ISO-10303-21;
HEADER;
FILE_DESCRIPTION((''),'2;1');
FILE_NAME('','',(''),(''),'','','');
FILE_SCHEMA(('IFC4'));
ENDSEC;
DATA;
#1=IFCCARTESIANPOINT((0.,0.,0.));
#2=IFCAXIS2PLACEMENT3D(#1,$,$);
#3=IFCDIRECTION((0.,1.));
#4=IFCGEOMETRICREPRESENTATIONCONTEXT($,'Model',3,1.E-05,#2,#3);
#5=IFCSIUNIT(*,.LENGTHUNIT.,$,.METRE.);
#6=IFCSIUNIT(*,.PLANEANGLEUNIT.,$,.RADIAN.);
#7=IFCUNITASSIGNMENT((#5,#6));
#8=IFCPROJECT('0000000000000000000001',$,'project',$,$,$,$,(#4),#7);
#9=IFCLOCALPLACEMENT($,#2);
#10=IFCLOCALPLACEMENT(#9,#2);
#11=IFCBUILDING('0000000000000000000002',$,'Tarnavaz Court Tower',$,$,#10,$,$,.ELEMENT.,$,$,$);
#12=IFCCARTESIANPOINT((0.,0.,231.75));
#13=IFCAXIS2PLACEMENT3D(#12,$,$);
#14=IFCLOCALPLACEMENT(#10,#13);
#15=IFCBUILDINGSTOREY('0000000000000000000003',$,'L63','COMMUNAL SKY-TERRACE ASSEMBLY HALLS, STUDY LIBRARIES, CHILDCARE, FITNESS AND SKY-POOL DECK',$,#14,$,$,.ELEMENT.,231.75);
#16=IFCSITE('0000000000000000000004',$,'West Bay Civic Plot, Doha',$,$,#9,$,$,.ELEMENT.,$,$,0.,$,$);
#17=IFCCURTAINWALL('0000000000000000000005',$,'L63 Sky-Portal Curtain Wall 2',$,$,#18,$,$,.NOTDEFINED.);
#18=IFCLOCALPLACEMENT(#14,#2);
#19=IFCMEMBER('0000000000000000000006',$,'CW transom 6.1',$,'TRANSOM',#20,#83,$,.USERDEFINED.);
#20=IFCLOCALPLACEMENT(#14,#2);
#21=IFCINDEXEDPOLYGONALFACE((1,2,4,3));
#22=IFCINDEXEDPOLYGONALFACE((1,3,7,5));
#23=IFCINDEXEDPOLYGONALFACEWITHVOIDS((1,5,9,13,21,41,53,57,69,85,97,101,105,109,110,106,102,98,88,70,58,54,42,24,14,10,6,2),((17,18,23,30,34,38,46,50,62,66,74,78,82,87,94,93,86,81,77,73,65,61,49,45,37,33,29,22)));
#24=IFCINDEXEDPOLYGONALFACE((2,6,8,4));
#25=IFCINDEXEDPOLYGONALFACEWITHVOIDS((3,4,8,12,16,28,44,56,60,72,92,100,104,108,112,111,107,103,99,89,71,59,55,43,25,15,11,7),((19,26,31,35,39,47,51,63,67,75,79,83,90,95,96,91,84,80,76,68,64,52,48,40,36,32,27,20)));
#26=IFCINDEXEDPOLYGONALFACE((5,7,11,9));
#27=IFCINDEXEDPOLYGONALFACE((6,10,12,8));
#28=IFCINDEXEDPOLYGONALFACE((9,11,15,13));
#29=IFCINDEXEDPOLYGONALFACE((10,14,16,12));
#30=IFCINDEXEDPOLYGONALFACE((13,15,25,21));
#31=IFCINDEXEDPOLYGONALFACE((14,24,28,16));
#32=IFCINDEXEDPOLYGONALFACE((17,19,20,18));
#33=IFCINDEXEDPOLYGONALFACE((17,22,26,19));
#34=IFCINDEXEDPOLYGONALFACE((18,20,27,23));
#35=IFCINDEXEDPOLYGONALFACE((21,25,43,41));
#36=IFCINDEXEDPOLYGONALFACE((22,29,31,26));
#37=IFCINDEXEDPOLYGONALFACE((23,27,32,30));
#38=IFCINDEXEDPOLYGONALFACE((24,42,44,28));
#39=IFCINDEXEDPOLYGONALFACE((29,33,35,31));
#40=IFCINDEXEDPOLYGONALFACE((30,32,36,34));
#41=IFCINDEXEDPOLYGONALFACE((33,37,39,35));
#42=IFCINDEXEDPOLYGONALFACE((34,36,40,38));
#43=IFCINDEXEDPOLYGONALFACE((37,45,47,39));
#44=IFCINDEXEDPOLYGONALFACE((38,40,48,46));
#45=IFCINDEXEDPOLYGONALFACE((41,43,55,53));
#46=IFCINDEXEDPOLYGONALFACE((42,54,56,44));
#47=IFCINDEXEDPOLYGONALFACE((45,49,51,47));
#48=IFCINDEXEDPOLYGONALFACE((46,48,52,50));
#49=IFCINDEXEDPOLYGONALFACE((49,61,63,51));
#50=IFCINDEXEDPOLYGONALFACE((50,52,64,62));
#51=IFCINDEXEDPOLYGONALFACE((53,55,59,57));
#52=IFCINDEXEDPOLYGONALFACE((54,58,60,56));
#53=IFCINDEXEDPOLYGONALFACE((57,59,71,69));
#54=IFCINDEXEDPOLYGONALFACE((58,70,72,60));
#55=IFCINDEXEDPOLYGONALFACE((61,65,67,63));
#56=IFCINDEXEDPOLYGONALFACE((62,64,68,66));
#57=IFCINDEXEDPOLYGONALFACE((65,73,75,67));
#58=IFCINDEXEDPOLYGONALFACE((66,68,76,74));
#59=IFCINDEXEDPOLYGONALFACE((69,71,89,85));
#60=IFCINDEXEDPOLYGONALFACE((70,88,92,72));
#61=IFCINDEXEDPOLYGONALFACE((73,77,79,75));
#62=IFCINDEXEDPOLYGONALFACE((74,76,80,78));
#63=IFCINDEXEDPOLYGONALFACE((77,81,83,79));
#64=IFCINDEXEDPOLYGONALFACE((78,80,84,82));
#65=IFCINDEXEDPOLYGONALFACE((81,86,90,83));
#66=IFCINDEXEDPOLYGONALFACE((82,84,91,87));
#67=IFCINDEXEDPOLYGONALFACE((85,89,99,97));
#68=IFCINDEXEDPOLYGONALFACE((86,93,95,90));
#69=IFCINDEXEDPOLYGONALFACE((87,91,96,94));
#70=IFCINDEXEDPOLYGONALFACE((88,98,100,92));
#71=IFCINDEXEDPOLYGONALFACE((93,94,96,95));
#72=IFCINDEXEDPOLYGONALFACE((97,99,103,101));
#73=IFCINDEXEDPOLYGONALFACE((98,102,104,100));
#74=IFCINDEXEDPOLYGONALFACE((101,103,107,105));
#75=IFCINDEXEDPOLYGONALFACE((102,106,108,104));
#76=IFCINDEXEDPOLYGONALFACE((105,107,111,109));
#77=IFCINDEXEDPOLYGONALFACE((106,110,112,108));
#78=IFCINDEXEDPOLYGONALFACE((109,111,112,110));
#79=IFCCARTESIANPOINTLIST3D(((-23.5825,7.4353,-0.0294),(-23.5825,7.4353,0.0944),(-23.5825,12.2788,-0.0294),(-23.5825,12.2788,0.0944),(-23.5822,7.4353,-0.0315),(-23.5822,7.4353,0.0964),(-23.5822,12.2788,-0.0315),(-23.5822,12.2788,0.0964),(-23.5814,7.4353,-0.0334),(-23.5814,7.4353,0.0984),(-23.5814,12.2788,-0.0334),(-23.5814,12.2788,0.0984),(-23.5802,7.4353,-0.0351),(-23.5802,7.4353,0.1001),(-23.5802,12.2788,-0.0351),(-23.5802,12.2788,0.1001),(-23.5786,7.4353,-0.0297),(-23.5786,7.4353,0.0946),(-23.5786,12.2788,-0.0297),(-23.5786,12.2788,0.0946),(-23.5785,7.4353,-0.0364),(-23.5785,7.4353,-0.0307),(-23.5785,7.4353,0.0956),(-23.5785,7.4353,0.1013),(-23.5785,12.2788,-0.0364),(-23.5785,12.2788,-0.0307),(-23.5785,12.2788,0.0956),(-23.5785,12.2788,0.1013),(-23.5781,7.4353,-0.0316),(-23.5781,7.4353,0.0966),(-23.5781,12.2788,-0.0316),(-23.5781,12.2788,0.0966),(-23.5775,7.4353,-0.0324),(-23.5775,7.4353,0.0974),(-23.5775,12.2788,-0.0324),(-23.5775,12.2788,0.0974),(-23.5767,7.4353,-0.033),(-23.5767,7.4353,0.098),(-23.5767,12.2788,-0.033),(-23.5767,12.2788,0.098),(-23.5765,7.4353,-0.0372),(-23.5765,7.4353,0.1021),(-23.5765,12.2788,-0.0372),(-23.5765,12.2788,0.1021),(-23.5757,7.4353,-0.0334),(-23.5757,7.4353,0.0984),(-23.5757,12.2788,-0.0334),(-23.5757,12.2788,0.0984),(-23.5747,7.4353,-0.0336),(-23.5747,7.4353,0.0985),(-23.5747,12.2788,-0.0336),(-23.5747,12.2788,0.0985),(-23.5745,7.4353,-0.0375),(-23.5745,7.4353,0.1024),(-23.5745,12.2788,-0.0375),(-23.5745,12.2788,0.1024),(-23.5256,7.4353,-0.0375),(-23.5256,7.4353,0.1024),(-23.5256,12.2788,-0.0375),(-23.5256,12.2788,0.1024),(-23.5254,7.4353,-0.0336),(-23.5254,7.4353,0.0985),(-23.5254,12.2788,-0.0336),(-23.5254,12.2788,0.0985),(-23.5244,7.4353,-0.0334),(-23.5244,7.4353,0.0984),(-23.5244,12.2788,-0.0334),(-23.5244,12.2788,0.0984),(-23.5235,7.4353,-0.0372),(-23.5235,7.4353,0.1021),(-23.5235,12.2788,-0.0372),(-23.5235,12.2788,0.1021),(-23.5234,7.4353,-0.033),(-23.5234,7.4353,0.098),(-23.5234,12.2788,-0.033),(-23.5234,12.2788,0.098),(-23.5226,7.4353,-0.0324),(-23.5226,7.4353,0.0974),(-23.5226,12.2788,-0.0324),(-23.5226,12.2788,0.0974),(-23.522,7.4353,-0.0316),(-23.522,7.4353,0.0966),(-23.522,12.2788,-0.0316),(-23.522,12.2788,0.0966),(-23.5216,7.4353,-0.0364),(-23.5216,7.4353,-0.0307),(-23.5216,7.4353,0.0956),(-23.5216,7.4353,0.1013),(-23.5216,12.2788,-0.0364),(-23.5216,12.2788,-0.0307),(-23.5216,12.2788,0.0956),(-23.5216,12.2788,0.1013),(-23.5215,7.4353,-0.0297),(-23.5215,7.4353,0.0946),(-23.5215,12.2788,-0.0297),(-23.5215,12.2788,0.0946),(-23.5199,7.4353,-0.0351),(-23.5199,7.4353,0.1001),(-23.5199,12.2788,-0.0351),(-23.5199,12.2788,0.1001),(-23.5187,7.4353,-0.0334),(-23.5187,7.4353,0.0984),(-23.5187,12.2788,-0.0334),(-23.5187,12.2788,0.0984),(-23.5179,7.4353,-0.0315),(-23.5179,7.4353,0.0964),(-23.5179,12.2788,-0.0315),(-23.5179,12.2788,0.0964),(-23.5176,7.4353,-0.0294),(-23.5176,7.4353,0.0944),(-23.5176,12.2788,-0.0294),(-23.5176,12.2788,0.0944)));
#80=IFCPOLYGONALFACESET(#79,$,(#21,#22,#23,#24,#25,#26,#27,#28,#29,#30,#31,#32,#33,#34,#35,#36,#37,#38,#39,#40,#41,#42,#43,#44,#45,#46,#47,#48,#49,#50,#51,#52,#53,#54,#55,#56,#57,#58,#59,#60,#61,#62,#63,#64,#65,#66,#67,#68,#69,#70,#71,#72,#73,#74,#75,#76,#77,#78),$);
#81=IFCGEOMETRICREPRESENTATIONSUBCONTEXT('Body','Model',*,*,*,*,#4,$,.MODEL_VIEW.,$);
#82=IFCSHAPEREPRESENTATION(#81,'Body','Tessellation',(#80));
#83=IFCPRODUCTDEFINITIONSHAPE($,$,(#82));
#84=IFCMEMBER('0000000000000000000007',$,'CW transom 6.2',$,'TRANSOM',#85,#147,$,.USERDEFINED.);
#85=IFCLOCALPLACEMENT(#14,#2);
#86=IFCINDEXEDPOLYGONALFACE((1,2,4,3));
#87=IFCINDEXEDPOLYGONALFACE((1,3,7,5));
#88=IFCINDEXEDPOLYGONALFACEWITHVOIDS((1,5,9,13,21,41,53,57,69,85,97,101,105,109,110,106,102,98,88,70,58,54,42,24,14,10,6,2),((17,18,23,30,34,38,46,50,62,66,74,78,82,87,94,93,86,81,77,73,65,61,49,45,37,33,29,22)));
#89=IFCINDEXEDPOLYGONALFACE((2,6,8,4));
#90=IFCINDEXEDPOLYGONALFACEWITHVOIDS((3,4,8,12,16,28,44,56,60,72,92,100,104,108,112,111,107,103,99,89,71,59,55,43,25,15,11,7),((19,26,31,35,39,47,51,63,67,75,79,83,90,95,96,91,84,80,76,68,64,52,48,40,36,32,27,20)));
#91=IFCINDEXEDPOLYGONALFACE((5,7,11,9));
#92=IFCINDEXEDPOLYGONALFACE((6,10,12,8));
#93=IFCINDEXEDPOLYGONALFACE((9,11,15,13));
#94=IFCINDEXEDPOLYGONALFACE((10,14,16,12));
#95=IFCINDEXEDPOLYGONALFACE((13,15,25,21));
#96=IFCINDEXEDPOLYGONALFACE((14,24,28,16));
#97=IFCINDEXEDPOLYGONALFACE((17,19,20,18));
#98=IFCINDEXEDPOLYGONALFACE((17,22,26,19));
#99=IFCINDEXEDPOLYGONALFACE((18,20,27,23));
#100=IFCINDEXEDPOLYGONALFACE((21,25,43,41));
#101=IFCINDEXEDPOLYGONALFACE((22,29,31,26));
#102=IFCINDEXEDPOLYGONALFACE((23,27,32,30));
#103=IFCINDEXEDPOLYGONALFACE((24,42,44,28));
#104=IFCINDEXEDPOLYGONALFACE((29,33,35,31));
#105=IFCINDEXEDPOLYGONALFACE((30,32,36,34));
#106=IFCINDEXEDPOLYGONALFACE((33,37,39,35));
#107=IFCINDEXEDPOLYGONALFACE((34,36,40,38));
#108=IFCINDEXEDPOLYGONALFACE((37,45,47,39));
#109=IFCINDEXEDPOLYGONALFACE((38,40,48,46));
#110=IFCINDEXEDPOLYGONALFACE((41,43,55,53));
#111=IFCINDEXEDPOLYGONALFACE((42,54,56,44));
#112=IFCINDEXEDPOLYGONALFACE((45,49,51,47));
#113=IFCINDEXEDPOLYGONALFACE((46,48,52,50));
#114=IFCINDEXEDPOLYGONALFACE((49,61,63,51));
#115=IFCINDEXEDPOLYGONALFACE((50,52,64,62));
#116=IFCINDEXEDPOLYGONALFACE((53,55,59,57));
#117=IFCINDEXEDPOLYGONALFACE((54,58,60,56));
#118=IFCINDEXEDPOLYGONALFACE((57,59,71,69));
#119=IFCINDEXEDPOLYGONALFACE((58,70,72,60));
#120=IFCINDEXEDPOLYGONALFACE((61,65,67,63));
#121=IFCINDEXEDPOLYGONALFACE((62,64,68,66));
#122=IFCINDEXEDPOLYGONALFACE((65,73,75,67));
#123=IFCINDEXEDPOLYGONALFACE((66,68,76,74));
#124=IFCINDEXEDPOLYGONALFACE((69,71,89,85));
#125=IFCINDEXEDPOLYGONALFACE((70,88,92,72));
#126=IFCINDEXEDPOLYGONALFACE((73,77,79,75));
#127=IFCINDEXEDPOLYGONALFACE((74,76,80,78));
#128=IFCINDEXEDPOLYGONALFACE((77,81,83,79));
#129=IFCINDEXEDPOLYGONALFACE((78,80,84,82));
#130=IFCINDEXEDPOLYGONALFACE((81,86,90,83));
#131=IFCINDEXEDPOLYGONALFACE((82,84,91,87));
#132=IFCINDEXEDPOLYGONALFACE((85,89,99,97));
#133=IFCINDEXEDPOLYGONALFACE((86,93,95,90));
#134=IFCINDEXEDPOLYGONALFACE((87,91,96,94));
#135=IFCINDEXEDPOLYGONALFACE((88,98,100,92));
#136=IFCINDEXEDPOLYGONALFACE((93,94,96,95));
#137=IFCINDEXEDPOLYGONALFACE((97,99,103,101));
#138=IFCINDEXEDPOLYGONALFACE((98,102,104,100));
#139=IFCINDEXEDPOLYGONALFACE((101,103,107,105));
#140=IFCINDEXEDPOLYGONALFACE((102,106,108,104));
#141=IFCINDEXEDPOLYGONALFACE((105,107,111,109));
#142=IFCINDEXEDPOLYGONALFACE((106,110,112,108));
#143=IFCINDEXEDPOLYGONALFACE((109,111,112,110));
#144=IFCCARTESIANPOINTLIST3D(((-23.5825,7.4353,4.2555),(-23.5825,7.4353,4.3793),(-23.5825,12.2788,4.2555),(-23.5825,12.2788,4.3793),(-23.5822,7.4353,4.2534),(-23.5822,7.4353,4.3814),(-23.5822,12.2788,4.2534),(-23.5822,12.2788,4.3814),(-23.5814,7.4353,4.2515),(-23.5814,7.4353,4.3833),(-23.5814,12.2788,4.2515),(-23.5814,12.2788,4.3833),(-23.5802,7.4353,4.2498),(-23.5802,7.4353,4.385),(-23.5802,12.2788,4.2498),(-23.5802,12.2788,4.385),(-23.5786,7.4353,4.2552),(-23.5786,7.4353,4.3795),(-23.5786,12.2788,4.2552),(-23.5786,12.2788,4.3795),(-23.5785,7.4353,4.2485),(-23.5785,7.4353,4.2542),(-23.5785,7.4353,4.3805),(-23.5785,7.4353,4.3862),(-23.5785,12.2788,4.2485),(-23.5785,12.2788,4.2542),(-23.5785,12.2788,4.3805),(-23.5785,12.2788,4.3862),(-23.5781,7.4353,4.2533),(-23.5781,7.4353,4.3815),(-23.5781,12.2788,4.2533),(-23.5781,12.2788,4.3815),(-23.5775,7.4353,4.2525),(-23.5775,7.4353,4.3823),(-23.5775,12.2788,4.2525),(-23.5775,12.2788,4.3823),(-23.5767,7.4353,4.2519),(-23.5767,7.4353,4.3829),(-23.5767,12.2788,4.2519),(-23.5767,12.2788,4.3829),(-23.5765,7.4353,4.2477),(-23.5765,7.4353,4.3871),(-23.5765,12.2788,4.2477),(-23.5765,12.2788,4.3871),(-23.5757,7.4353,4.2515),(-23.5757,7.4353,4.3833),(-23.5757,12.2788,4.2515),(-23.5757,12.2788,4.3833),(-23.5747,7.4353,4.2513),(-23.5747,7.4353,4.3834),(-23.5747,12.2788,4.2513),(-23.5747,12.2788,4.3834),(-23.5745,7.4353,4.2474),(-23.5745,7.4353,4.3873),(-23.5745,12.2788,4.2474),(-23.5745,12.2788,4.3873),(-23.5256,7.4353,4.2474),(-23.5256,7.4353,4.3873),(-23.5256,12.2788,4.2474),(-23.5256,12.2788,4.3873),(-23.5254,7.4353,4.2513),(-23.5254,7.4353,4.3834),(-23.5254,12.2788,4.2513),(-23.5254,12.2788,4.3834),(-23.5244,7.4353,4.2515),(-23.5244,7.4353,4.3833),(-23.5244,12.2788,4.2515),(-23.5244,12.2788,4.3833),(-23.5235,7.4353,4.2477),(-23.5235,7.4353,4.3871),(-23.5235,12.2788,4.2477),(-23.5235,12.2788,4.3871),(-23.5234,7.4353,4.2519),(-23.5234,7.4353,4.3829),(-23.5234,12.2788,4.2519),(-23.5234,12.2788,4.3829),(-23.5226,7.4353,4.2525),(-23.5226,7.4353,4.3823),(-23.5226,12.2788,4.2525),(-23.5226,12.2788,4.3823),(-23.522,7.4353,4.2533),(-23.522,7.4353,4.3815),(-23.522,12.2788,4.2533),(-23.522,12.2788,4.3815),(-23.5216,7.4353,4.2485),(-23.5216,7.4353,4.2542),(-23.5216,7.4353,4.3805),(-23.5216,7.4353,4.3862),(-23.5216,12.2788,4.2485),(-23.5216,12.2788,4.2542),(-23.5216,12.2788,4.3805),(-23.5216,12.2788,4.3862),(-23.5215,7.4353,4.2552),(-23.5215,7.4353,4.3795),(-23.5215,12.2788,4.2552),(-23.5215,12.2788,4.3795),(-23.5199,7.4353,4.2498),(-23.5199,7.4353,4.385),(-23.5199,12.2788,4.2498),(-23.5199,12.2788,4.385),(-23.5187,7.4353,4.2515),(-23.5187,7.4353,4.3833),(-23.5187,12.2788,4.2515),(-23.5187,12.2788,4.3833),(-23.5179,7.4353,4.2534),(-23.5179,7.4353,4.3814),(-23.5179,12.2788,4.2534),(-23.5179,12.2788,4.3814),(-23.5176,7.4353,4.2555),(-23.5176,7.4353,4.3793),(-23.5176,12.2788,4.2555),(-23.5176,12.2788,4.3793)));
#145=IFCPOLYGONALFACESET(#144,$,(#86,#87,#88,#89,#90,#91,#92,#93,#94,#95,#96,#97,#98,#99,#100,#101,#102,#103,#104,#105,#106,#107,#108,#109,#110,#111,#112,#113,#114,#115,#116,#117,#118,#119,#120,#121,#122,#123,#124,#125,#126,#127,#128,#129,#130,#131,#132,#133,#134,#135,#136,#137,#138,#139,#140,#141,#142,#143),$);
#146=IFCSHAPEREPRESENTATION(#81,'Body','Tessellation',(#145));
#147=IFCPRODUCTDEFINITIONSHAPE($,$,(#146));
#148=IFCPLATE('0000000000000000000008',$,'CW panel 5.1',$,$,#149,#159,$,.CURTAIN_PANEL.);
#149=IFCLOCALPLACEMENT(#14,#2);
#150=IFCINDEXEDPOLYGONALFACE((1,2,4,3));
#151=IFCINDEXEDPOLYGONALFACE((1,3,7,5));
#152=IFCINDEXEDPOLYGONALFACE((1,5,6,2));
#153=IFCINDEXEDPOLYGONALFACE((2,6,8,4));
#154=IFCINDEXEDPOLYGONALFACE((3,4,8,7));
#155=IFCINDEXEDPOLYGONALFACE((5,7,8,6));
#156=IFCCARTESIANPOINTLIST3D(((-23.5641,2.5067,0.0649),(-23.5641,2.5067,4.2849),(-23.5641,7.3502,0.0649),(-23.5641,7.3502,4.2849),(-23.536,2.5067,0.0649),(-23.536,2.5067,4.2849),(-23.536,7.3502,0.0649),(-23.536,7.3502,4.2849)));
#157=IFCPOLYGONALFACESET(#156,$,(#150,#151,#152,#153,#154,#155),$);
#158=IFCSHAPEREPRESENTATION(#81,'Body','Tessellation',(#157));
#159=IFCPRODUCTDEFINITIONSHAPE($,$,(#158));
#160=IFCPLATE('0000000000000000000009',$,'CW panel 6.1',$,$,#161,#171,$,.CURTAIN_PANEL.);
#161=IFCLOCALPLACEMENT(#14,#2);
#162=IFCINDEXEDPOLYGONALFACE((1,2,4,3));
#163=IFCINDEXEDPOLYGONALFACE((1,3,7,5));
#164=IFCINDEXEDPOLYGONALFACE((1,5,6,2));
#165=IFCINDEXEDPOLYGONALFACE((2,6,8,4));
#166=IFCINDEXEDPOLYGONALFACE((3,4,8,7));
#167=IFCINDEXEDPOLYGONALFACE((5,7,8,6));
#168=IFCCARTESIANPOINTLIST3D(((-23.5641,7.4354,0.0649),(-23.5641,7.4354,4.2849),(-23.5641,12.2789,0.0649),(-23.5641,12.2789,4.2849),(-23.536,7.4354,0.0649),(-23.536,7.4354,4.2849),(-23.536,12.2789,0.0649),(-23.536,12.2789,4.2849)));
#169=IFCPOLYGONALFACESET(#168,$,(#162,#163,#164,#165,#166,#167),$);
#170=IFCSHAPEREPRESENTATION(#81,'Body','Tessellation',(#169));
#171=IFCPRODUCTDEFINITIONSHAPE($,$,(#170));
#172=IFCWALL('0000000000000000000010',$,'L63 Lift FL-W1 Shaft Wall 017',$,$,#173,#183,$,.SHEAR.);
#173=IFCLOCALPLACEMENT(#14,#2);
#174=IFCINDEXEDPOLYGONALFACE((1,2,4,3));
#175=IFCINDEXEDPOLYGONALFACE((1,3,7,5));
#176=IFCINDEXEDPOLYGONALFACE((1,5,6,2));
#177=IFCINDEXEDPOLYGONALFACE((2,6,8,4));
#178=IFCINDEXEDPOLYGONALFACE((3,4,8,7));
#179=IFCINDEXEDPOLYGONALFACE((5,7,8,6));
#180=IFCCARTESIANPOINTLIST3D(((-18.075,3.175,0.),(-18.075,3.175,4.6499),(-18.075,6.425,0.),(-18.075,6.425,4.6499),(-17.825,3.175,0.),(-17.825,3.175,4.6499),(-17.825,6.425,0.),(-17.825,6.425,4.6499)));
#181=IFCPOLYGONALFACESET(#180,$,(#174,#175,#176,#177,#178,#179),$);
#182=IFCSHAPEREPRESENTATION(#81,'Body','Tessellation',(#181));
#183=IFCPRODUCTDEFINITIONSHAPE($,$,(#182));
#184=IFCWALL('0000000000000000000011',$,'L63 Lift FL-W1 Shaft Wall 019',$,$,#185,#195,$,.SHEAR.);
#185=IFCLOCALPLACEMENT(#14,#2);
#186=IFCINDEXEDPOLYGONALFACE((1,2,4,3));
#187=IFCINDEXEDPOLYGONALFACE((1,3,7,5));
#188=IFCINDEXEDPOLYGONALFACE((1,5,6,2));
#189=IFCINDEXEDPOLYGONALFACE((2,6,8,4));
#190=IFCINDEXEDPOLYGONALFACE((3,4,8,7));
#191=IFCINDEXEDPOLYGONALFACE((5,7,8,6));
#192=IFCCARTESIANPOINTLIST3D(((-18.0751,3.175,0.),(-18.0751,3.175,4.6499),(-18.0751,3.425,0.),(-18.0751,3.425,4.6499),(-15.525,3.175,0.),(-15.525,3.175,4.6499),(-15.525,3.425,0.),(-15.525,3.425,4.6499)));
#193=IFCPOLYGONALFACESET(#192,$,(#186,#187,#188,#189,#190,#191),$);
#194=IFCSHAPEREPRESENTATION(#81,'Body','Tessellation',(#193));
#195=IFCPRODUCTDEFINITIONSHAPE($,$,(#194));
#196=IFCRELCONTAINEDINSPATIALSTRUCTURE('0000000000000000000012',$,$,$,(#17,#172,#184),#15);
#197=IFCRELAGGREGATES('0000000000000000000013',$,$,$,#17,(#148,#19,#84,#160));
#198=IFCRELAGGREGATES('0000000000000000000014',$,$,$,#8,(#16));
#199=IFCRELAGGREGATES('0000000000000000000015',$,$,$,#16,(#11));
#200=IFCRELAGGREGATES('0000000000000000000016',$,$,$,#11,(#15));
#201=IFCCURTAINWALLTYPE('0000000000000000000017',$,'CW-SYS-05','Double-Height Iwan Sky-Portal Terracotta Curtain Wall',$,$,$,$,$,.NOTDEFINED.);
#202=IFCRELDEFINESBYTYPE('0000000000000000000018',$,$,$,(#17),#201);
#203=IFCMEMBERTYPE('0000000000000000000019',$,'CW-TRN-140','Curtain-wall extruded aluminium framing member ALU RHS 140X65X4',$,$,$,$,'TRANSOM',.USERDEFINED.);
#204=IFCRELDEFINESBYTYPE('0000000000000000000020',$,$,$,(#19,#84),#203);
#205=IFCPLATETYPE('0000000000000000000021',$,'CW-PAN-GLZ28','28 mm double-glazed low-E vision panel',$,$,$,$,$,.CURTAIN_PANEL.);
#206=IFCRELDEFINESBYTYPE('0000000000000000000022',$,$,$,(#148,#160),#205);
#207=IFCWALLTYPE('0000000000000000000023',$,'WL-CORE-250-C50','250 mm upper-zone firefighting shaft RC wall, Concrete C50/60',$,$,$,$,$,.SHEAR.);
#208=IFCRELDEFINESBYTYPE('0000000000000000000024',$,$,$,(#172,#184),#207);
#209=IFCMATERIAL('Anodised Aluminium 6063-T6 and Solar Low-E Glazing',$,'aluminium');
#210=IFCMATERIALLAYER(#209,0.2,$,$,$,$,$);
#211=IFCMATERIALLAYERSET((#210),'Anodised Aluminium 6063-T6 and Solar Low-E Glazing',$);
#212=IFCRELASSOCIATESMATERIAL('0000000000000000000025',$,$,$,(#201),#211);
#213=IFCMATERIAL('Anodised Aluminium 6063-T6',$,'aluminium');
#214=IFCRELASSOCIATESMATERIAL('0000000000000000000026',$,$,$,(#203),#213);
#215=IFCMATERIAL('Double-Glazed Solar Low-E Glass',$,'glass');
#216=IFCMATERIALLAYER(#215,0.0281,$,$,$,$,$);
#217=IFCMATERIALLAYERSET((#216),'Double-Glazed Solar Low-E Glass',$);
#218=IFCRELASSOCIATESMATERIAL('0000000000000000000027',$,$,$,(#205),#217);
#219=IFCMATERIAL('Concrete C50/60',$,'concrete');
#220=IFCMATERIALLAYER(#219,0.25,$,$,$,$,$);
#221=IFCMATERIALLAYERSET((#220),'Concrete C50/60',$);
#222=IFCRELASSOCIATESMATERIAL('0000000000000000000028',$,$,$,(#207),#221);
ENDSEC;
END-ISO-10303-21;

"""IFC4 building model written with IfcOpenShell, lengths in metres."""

from ifc_helpers import new_model, si_unit, direction, frame, frame_2d, origin, origin_2d, place, context, subcontext, project, spatial, rectangle, hollow_rectangle, extrude, material, layer, layer_set, material_profile, profile_set, type_object, element, aggregate, save


model = new_model("IFC4")

# Units and contexts
model_context = context("Model", 3, precision=1e-05, world=origin(), true_north=direction((0.0, 1.0)))
body_context = subcontext(model_context, "Body", "Model", "MODEL_VIEW")
ifc_project = project(units=[si_unit("LENGTHUNIT", "METRE"), si_unit("PLANEANGLEUNIT", "RADIAN")], contexts=[model_context])

# Site, building, storey
site_placement = place(None, origin())
site = spatial("IfcSite", under=ifc_project, at=site_placement, Name="West Bay Civic Plot, Doha", CompositionType="ELEMENT", RefElevation=0.0)
building_placement = place(site_placement, origin())
building = spatial("IfcBuilding", under=site, at=building_placement, Name="Tarnavaz Court Tower", CompositionType="ELEMENT")
storey_placement = place(building_placement, frame((0.0, 0.0, 231.75)))
storey = spatial("IfcBuildingStorey", under=building, at=storey_placement, Name="L63", Description="COMMUNAL SKY-TERRACE ASSEMBLY HALLS, STUDY LIBRARIES, CHILDCARE, FITNESS AND SKY-POOL DECK", CompositionType="ELEMENT", Elevation=231.75)

# Shared definitions
ifc_material_1 = material(Name="Concrete C50/60", Category="concrete")

# Curtain wall, members, plates
ifc_material_2 = material(Name="Anodised Aluminium 6063-T6 and Solar Low-E Glazing", Category="aluminium")
ifc_layer_1 = layer(ifc_material_2, 0.2)
ifc_layer_set_1 = layer_set([ifc_layer_1], Name="Anodised Aluminium 6063-T6 and Solar Low-E Glazing")
curtain_wall_type = type_object("IfcCurtainWallType", Name="CW-SYS-05", Description="Double-Height Iwan Sky-Portal Terracotta Curtain Wall", PredefinedType="NOTDEFINED", material=ifc_layer_set_1)
curtain_wall_placement = place(storey_placement, origin())
curtain_wall = element("IfcCurtainWall", 1, at=curtain_wall_placement, inside=storey, type_object=curtain_wall_type, Name="L63 Sky-Portal Curtain Wall 2", PredefinedType="NOTDEFINED")
ifc_material_3 = material(Name="Anodised Aluminium 6063-T6", Category="aluminium")
ifc_material_profile_1 = material_profile(ifc_material_3, hollow_rectangle(XDim=0.0649, YDim=0.1399, WallThickness=0.0039, InnerFilletRadius=0.0039, OuterFilletRadius=0.0081, at=origin_2d()), Name="ALU RHS 140X65X4")
ifc_profile_set_1 = profile_set([ifc_material_profile_1], Name="Anodised Aluminium 6063-T6")
member_type_1 = type_object("IfcMemberType", Name="CW-TRN-140", Description="Curtain-wall extruded aluminium framing member ALU RHS 140X65X4", ElementType="TRANSOM", PredefinedType="USERDEFINED", material=ifc_profile_set_1)
member_1_placement = place(storey_placement, frame((-23.55, 7.4353, 0.0325), z_axis=(0.0, 1.0, 0.0), x_axis=(-1.0, 0.0, 0.0)))
member_1 = element("IfcMember", 2, at=member_1_placement, type_object=member_type_1, Name="CW transom 6.1", ObjectType="TRANSOM", PredefinedType="USERDEFINED", context=body_context, shape_type="SweptSolid", body=[
    extrude(hollow_rectangle(XDim=0.0649, YDim=0.1399, WallThickness=0.0039, InnerFilletRadius=0.0039, OuterFilletRadius=0.0081, at=origin_2d()), origin(), (0.0, 0.0, 1.0), 4.8435),
])
member_2_placement = place(storey_placement, frame((-23.55, 7.4353, 4.3174), z_axis=(0.0, 1.0, 0.0), x_axis=(-1.0, 0.0, 0.0)))
member_2 = element("IfcMember", 3, at=member_2_placement, type_object=member_type_1, Name="CW transom 6.2", ObjectType="TRANSOM", PredefinedType="USERDEFINED", context=body_context, shape_type="SweptSolid", body=[
    extrude(hollow_rectangle(XDim=0.0649, YDim=0.1399, WallThickness=0.0039, InnerFilletRadius=0.0039, OuterFilletRadius=0.0081, at=origin_2d()), origin(), (0.0, 0.0, 1.0), 4.8435),
])
ifc_material_4 = material(Name="Double-Glazed Solar Low-E Glass", Category="glass")
ifc_layer_2 = layer(ifc_material_4, 0.0281)
ifc_layer_set_2 = layer_set([ifc_layer_2], Name="Double-Glazed Solar Low-E Glass")
plate_type = type_object("IfcPlateType", Name="CW-PAN-GLZ28", Description="28 mm double-glazed low-E vision panel", PredefinedType="CURTAIN_PANEL", material=ifc_layer_set_2)
plate_1_placement = place(storey_placement, frame((-23.55, 4.9285, 0.0649), z_axis=(0.0, 0.0, 1.0), x_axis=(0.0, 1.0, 0.0)))
plate_1 = element("IfcPlate", 4, at=plate_1_placement, type_object=plate_type, Name="CW panel 5.1", PredefinedType="CURTAIN_PANEL", context=body_context, shape_type="SweptSolid", body=[
    extrude(rectangle(XDim=4.8435, YDim=0.0281, at=origin_2d()), origin(), (0.0, 0.0, 1.0), 4.22),
])
plate_2_placement = place(storey_placement, frame((-23.55, 9.8572, 0.0649), z_axis=(0.0, 0.0, 1.0), x_axis=(0.0, 1.0, 0.0)))
plate_2 = element("IfcPlate", 5, at=plate_2_placement, type_object=plate_type, Name="CW panel 6.1", PredefinedType="CURTAIN_PANEL", context=body_context, shape_type="SweptSolid", body=[
    extrude(rectangle(XDim=4.8435, YDim=0.0281, at=origin_2d()), origin(), (0.0, 0.0, 1.0), 4.22),
])
aggregate(curtain_wall, [plate_1, member_1, member_2, plate_2])

# Wall
ifc_layer_3 = layer(ifc_material_1, 0.25)
ifc_layer_set_3 = layer_set([ifc_layer_3], Name="Concrete C50/60")
wall_type_1 = type_object("IfcWallType", Name="WL-CORE-250-C50", Description="250 mm upper-zone firefighting shaft RC wall, Concrete C50/60", PredefinedType="SHEAR", material=ifc_layer_set_3)
wall_1_placement = place(storey_placement, frame((-17.95, 3.175, 0.0), z_axis=(0.0, 0.0, 1.0), x_axis=(0.0, 1.0, 0.0)))
element("IfcWall", 6, at=wall_1_placement, inside=storey, type_object=wall_type_1, Name="L63 Lift FL-W1 Shaft Wall 017", PredefinedType="SHEAR", context=body_context, shape_type="SweptSolid", body=[
    extrude(rectangle(XDim=3.25, YDim=0.25, at=frame_2d((1.625, 0.0))), origin(), (0.0, 0.0, 1.0), 4.6499),
])

# Wall
for number, where, z_axis, x_axis, name in (
    (7, (-18.075, 3.3, 0.0), (0.0, 0.0, 1.0), (1.0, 0.0, 0.0), "L63 Lift FL-W1 Shaft Wall 019"),
):
    element("IfcWall", number, at=place(storey_placement, frame(where, z_axis=z_axis, x_axis=x_axis)), inside=storey, type_object=wall_type_1, Name=name, PredefinedType="SHEAR", context=body_context, shape_type="SweptSolid", body=[
        extrude(rectangle(XDim=2.55, YDim=0.25, at=frame_2d((1.2749, 0.0))), origin(), (0.0, 0.0, 1.0), 4.6499),
    ])

save(model, "model.ifc")
